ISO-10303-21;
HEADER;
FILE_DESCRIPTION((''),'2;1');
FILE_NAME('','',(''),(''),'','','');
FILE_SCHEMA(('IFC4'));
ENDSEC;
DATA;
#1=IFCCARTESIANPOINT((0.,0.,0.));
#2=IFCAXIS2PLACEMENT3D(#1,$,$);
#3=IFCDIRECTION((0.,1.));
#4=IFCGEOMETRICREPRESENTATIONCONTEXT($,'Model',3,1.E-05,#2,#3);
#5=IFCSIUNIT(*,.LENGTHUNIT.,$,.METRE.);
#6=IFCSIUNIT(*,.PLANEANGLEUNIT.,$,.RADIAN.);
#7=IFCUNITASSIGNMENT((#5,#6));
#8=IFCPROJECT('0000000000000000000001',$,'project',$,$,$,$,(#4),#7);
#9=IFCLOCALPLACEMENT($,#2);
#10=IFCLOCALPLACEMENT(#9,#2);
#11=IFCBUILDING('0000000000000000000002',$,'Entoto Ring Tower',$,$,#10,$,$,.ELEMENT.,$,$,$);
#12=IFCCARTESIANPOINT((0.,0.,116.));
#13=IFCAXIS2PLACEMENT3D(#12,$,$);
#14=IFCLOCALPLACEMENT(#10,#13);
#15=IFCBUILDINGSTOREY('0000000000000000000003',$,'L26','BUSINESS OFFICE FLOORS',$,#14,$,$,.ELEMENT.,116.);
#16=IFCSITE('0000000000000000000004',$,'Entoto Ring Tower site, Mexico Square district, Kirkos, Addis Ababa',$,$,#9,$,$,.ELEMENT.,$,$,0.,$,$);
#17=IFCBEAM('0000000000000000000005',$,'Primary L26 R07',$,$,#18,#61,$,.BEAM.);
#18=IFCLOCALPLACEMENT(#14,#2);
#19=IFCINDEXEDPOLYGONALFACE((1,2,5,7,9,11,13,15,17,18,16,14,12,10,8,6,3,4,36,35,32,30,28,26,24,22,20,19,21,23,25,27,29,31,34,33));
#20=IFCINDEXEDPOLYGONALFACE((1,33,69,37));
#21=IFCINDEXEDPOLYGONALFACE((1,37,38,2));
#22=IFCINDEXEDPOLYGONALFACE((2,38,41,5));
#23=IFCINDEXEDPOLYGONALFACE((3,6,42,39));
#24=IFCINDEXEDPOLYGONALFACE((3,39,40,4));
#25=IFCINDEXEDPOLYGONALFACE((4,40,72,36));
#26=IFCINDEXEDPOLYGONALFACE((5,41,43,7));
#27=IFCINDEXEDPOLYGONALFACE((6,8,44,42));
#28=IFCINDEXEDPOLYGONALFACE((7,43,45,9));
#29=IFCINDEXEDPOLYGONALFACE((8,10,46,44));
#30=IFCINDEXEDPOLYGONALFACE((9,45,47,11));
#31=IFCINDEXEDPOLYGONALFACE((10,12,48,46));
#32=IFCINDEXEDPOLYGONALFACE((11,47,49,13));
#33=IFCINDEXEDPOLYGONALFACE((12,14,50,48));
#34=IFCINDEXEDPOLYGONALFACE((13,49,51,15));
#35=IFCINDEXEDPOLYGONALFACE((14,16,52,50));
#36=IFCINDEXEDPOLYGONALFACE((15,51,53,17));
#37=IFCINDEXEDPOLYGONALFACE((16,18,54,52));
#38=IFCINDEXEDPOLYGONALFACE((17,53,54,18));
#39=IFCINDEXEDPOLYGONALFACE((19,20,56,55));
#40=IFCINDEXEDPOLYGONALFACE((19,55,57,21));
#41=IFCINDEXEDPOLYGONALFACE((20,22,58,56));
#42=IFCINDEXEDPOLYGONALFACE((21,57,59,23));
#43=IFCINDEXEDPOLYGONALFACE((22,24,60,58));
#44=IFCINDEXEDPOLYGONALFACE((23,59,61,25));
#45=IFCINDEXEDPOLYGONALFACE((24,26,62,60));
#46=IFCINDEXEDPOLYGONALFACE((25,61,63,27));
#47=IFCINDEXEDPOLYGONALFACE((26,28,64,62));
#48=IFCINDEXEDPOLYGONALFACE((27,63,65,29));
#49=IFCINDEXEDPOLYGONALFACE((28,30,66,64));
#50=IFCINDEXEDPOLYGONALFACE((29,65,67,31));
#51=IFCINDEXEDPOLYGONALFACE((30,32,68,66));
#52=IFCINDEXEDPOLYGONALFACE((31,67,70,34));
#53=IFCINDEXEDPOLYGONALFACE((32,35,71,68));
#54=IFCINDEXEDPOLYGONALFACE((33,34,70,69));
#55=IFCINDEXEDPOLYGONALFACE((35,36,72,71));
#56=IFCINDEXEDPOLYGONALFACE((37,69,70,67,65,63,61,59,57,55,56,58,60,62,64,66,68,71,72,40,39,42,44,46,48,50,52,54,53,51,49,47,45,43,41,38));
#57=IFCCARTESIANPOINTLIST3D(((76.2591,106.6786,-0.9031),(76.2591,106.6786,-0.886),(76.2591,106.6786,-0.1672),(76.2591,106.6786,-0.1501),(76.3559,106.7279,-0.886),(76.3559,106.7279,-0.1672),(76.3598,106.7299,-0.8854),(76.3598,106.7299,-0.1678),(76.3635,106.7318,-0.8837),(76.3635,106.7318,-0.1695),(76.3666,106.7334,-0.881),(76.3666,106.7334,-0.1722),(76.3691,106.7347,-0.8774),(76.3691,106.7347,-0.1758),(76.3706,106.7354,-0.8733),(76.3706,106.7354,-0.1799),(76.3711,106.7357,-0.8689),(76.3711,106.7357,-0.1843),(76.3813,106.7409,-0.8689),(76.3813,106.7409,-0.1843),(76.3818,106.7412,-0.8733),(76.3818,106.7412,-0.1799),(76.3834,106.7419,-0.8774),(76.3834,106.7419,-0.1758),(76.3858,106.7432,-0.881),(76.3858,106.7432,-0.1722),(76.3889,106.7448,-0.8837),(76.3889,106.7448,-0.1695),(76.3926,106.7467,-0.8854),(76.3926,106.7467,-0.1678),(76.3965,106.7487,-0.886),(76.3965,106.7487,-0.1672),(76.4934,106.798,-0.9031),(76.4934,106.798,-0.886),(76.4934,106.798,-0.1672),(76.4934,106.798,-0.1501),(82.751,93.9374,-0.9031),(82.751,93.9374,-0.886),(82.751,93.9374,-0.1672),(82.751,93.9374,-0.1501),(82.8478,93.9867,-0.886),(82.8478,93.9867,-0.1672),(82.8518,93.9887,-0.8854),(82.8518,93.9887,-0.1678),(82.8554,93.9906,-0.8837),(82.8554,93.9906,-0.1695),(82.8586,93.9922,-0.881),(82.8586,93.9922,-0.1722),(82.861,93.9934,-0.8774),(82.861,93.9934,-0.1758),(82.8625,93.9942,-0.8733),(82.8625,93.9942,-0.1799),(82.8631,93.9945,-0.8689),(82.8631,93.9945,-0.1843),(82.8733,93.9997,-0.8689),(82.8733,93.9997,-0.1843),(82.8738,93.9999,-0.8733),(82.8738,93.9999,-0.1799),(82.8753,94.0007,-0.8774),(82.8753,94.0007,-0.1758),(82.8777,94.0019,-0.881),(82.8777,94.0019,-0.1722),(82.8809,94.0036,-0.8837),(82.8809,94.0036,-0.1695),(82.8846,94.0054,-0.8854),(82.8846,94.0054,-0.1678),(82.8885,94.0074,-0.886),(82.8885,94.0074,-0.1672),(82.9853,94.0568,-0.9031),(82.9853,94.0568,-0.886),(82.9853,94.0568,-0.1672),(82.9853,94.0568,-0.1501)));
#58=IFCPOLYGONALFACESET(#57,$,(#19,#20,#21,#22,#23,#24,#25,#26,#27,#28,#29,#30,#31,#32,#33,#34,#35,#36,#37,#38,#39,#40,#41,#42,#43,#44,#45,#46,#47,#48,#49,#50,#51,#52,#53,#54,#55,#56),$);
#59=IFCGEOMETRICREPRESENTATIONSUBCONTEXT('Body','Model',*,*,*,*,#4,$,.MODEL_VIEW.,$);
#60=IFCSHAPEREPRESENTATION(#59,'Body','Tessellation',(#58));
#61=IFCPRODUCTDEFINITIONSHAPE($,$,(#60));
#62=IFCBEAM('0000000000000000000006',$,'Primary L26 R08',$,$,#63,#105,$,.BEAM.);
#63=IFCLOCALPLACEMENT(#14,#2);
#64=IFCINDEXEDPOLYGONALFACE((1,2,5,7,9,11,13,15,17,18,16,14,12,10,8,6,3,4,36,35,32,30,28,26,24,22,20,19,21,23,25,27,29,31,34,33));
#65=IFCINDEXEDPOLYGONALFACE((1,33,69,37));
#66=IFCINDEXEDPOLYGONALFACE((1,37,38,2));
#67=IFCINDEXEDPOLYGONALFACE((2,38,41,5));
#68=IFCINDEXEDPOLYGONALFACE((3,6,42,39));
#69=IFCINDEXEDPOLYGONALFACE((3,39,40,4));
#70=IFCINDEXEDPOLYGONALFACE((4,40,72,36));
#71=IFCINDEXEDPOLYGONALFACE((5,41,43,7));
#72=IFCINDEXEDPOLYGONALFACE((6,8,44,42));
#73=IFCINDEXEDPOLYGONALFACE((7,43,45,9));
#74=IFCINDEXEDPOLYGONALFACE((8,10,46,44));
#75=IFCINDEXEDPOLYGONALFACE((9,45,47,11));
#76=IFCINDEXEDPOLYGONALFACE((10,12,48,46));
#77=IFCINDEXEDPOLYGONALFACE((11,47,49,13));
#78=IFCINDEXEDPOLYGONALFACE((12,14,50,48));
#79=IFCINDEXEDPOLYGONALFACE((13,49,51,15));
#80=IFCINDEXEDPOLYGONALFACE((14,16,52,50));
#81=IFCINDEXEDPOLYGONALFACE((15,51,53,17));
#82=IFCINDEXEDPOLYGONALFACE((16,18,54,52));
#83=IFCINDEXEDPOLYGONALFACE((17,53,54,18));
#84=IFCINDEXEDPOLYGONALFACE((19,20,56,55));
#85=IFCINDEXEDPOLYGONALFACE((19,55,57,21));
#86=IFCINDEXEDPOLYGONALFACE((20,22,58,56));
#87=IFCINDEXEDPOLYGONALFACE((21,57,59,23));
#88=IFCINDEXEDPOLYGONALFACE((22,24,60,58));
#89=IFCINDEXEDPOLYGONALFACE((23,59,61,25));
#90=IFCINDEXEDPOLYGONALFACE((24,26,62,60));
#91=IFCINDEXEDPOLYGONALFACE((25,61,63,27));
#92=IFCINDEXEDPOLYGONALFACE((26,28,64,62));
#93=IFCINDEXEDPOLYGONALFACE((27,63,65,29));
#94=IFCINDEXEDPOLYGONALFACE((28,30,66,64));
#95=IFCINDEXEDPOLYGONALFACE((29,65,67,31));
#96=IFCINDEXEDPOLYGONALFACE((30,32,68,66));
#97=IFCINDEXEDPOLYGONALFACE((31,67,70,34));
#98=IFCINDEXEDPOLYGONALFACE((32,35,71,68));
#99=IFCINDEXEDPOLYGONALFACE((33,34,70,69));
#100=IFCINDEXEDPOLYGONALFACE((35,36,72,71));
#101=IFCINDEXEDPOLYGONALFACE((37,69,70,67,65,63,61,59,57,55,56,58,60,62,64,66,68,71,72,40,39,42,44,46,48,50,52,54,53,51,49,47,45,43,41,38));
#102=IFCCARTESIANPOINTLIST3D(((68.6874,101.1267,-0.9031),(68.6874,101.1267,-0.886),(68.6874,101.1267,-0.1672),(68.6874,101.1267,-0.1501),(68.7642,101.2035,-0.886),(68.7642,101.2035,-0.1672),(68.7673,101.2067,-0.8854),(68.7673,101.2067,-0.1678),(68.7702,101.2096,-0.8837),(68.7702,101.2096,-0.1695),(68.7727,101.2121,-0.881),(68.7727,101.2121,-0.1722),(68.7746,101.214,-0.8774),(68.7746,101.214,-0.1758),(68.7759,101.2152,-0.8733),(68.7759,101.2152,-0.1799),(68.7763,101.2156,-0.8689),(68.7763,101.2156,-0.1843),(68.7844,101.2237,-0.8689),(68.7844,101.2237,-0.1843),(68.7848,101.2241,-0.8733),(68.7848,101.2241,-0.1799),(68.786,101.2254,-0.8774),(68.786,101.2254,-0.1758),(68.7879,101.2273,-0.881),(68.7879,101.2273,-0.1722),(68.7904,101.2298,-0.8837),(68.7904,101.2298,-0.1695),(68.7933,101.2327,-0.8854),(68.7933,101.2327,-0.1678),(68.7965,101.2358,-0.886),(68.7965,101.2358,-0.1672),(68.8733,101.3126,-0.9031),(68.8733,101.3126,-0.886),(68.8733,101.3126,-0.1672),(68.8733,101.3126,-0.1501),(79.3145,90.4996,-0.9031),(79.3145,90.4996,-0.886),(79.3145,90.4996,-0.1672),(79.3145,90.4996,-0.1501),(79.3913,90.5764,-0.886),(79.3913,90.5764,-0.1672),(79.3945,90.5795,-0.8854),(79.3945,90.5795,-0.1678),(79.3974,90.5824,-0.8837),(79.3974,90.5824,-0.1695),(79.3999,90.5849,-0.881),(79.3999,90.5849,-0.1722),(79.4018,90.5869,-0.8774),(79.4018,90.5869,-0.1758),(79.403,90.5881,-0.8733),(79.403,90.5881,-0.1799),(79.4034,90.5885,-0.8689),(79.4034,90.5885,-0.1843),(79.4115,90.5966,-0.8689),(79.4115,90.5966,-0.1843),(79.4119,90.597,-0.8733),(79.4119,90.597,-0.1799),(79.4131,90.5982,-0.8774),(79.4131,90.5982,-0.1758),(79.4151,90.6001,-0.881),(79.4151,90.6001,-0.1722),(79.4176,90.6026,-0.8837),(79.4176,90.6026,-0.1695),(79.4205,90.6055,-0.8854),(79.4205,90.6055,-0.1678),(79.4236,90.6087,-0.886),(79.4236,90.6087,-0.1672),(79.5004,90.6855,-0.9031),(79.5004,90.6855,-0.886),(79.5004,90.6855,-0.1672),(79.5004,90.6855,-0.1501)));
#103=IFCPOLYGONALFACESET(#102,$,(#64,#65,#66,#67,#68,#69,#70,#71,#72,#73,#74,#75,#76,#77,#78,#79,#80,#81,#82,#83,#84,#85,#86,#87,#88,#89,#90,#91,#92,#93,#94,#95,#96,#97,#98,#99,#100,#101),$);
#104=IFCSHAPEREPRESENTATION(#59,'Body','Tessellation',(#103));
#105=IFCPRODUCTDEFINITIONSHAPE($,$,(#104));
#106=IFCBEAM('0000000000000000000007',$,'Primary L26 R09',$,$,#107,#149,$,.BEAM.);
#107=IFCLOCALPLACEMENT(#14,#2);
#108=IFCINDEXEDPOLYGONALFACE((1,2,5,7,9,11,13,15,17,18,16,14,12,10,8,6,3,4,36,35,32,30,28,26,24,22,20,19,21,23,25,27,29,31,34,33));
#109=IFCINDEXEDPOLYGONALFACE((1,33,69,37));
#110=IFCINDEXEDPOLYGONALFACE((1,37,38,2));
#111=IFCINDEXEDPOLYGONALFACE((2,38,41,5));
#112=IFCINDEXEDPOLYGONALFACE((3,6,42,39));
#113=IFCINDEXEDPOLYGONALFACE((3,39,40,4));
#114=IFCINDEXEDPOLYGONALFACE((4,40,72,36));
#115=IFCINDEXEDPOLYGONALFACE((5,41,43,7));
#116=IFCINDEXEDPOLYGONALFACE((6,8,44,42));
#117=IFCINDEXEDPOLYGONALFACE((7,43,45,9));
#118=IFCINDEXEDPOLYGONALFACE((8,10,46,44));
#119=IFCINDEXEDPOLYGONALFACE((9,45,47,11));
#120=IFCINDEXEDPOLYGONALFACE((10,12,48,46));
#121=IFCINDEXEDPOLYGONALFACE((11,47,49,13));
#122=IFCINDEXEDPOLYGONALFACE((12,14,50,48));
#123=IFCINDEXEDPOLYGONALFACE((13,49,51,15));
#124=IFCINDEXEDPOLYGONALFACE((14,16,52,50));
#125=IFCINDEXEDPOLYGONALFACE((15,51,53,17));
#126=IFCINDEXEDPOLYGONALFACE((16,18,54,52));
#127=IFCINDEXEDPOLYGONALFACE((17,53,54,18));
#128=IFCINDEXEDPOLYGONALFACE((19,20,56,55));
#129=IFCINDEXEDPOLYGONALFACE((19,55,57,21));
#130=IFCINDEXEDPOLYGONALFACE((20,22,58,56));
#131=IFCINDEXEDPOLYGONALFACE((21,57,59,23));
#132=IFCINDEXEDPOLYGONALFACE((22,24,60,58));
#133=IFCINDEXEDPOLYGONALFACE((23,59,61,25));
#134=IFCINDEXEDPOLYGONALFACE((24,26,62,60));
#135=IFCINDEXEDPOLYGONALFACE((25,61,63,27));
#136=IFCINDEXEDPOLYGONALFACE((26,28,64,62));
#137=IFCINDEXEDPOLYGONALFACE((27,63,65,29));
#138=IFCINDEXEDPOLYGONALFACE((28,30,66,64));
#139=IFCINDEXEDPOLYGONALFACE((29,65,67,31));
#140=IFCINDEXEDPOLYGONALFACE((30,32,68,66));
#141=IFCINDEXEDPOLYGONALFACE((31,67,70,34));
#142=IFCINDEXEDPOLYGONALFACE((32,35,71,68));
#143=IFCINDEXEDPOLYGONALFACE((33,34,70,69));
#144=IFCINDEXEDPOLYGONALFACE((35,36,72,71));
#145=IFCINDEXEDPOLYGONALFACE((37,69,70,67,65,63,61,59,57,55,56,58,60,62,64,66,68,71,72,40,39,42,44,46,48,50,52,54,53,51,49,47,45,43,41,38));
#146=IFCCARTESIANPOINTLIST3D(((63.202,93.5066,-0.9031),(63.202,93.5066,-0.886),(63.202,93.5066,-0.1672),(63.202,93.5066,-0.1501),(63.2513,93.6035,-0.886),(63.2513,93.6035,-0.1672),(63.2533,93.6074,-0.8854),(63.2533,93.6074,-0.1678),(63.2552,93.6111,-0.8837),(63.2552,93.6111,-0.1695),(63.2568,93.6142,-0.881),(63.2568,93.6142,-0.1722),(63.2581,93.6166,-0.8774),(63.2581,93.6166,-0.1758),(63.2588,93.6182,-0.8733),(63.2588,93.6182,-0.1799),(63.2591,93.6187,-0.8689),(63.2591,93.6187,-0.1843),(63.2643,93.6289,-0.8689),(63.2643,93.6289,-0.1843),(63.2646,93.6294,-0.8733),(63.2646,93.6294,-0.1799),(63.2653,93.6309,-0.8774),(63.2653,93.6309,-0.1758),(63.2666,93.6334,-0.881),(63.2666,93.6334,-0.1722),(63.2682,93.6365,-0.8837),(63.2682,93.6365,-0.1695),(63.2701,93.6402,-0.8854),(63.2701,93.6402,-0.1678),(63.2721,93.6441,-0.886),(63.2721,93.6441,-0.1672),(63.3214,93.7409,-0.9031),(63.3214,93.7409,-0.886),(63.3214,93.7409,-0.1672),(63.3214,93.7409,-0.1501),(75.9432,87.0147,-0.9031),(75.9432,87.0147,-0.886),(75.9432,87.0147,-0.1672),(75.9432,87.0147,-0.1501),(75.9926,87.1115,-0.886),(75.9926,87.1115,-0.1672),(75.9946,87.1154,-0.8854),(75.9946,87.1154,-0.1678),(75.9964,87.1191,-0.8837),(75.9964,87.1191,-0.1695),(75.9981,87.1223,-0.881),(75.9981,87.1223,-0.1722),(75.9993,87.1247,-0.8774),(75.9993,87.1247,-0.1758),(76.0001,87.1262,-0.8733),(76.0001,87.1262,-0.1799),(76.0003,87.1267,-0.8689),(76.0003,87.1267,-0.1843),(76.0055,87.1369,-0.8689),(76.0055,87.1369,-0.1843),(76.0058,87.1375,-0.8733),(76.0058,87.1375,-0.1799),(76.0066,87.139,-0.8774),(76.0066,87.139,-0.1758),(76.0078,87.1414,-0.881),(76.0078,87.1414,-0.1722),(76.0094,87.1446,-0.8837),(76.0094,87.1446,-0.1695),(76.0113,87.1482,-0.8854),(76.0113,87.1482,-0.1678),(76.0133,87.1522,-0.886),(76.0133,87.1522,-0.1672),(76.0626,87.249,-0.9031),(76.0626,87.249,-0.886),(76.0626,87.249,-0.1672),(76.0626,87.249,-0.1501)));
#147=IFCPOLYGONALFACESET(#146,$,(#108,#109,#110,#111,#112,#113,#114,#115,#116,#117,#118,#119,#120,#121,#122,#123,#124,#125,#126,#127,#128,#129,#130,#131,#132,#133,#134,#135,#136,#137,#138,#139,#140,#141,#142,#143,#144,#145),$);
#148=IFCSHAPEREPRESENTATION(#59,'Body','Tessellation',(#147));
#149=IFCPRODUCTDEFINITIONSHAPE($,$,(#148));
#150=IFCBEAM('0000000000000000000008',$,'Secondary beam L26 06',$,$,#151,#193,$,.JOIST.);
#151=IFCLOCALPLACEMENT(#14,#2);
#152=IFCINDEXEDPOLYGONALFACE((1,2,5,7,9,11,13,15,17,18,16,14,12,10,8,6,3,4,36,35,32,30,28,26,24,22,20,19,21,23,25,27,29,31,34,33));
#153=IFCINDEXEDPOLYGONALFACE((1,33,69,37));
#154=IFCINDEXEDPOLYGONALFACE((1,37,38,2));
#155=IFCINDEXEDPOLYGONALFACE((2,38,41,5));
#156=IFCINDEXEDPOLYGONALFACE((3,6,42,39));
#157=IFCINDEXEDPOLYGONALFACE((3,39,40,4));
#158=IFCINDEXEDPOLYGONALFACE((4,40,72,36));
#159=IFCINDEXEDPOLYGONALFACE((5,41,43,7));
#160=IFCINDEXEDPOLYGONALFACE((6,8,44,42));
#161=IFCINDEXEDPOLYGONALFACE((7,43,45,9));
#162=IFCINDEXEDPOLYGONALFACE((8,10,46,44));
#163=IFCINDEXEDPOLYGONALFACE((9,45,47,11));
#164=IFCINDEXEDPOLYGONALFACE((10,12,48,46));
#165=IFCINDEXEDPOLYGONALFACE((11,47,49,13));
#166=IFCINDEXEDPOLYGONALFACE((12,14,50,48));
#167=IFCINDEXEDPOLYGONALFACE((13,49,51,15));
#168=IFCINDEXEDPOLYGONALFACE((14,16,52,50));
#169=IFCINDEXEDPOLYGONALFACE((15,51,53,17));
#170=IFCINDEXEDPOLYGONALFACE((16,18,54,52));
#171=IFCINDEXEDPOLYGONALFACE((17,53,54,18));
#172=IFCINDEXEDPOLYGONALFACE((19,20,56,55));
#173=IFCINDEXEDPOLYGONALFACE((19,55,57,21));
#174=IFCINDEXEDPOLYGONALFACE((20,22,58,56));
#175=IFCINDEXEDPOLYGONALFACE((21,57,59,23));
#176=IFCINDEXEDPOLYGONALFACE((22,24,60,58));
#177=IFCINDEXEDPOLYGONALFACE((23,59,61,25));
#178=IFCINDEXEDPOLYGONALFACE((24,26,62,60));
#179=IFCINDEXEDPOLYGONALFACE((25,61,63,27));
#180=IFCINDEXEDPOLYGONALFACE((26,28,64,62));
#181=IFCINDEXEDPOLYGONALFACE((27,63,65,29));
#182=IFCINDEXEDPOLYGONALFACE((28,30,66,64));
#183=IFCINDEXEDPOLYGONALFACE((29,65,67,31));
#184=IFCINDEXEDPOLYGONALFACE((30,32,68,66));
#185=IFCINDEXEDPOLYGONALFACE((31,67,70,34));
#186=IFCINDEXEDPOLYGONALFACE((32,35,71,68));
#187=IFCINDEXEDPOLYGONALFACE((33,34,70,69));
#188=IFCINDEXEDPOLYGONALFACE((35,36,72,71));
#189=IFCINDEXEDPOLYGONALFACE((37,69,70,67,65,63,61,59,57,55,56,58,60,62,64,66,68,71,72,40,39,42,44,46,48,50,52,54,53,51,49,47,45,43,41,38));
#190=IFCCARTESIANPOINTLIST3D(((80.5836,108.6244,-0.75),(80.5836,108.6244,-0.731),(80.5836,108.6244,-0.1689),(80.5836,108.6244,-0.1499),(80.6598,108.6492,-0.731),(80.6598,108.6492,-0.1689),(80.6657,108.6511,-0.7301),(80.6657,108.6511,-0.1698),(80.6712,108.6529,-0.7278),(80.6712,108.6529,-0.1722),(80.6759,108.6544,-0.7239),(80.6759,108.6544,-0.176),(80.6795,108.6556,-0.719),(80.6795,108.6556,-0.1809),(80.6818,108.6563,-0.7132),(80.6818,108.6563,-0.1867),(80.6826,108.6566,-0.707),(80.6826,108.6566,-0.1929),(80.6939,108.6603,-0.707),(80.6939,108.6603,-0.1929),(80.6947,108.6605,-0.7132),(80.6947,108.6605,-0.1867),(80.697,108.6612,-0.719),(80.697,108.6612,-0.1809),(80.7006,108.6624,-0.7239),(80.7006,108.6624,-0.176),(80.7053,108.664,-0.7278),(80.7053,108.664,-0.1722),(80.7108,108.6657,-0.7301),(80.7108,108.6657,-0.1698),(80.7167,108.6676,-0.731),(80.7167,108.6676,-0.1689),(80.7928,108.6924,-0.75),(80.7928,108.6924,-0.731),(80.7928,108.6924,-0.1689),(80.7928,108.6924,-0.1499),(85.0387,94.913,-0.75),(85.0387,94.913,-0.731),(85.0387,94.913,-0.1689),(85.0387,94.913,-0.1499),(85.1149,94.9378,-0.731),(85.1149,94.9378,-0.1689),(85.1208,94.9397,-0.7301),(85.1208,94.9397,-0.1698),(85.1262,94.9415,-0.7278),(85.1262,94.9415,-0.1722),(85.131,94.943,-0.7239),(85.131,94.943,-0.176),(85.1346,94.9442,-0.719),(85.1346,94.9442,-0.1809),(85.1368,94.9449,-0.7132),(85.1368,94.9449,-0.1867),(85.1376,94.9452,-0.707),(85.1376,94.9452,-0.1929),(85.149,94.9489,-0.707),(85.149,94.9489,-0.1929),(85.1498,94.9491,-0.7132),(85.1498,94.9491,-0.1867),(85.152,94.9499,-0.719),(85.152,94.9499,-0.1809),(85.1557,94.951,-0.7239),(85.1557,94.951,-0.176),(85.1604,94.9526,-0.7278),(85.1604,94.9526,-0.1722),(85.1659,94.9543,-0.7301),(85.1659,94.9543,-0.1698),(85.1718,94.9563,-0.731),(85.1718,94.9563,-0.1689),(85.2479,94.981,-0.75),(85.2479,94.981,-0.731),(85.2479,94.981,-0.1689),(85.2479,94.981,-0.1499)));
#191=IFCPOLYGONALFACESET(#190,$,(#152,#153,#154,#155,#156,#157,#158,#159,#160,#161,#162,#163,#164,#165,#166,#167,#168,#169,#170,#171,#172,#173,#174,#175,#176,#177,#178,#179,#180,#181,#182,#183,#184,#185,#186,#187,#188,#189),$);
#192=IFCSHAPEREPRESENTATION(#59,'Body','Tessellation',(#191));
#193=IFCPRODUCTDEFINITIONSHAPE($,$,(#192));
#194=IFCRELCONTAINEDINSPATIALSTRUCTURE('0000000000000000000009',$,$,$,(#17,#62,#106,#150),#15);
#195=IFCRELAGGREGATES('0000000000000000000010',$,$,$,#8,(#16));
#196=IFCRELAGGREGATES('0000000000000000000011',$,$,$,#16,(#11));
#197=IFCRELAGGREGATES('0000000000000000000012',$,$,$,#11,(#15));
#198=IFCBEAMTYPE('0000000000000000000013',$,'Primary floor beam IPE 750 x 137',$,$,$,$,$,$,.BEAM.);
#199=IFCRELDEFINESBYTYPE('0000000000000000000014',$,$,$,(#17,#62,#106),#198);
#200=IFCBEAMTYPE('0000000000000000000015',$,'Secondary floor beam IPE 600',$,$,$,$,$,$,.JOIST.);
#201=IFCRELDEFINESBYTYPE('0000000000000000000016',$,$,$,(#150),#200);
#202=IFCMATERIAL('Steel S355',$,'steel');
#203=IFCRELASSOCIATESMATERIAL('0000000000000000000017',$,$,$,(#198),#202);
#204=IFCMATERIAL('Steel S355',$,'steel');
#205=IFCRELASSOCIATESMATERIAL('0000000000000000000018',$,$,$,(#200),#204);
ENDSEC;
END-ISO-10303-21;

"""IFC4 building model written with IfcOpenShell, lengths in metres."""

from ifc_helpers import new_model, si_unit, direction, frame, origin, origin_2d, place, context, subcontext, project, spatial, i_section, extrude, material, material_profile, profile_set, type_object, element, save


model = new_model("IFC4")

# Units and contexts
model_context = context("Model", 3, precision=1e-05, world=origin(), true_north=direction((0.0, 1.0)))
body_context = subcontext(model_context, "Body", "Model", "MODEL_VIEW")
ifc_project = project(units=[si_unit("LENGTHUNIT", "METRE"), si_unit("PLANEANGLEUNIT", "RADIAN")], contexts=[model_context])

# Site, building, storey
site_placement = place(None, origin())
site = spatial("IfcSite", under=ifc_project, at=site_placement, Name="Entoto Ring Tower site, Mexico Square district, Kirkos, Addis Ababa", CompositionType="ELEMENT", RefElevation=0.0)
building_placement = place(site_placement, origin())
building = spatial("IfcBuilding", under=site, at=building_placement, Name="Entoto Ring Tower", CompositionType="ELEMENT")
storey_placement = place(building_placement, frame((0.0, 0.0, 116.0)))
storey = spatial("IfcBuildingStorey", under=building, at=storey_placement, Name="L26", Description="BUSINESS OFFICE FLOORS", CompositionType="ELEMENT", Elevation=116.0)

# Beams
ifc_material_1 = material(Name="Steel S355", Category="steel")
ifc_material_profile_1 = material_profile(ifc_material_1, i_section(OverallWidth=0.2629, OverallDepth=0.7529, WebThickness=0.0115, FlangeThickness=0.0171, FilletRadius=0.0171, at=origin_2d()), Name="IPE 750 x 137")
ifc_profile_set_1 = profile_set([ifc_material_profile_1], Name="Steel S355")
beam_type_1 = type_object("IfcBeamType", Name="Primary floor beam IPE 750 x 137", PredefinedType="BEAM", material=ifc_profile_set_1)
beam_1_placement = place(storey_placement, frame((82.8682, 93.9971, -0.5266), z_axis=(-0.453989, 0.891007, 0.0), x_axis=(-0.891007, -0.453989, 0.0)))
element("IfcBeam", 1, at=beam_1_placement, inside=storey, type_object=beam_type_1, Name="Primary L26 R07", PredefinedType="BEAM", context=body_context, shape_type="SweptSolid", body=[
    extrude(i_section(OverallWidth=0.2629, OverallDepth=0.7529, WebThickness=0.0115, FlangeThickness=0.0171, FilletRadius=0.0171, at=origin_2d()), origin(), (0.0, 0.0, 1.0), 14.2998),
])
beam_2_placement = place(storey_placement, frame((79.4075, 90.5925, -0.5266), z_axis=(-0.707107, 0.707107, 0.0), x_axis=(-0.707107, -0.707107, 0.0)))
element("IfcBeam", 2, at=beam_2_placement, inside=storey, type_object=beam_type_1, Name="Primary L26 R08", PredefinedType="BEAM", context=body_context, shape_type="SweptSolid", body=[
    extrude(i_section(OverallWidth=0.2629, OverallDepth=0.7529, WebThickness=0.0115, FlangeThickness=0.0171, FilletRadius=0.0171, at=origin_2d()), origin(), (0.0, 0.0, 1.0), 15.0291),
])
beam_3_placement = place(storey_placement, frame((76.0029, 87.1318, -0.5266), z_axis=(-0.891007, 0.453989, 0.0), x_axis=(-0.453989, -0.891007, 0.0)))
element("IfcBeam", 3, at=beam_3_placement, inside=storey, type_object=beam_type_1, Name="Primary L26 R09", PredefinedType="BEAM", context=body_context, shape_type="SweptSolid", body=[
    extrude(i_section(OverallWidth=0.2629, OverallDepth=0.7529, WebThickness=0.0115, FlangeThickness=0.0171, FilletRadius=0.0171, at=origin_2d()), origin(), (0.0, 0.0, 1.0), 14.2998),
])
ifc_material_2 = material(Name="Steel S355", Category="steel")
ifc_material_profile_2 = material_profile(ifc_material_2, i_section(OverallWidth=0.22, OverallDepth=0.6001, WebThickness=0.012, FlangeThickness=0.019, FilletRadius=0.0239, at=origin_2d()), Name="IPE 600")
ifc_profile_set_2 = profile_set([ifc_material_profile_2], Name="Steel S355")
beam_type_2 = type_object("IfcBeamType", Name="Secondary floor beam IPE 600", PredefinedType="JOIST", material=ifc_profile_set_2)
beam_4_placement = place(storey_placement, frame((85.1433, 94.947, -0.45), z_axis=(-0.309015, 0.951057, 0.0), x_axis=(-0.951057, -0.309015, 0.0)))
element("IfcBeam", 4, at=beam_4_placement, inside=storey, type_object=beam_type_2, Name="Secondary beam L26 06", PredefinedType="JOIST", context=body_context, shape_type="SweptSolid", body=[
    extrude(i_section(OverallWidth=0.22, OverallDepth=0.6001, WebThickness=0.012, FlangeThickness=0.019, FilletRadius=0.0239, at=origin_2d()), origin(), (0.0, 0.0, 1.0), 14.417),
])

save(model, "model.ifc")
